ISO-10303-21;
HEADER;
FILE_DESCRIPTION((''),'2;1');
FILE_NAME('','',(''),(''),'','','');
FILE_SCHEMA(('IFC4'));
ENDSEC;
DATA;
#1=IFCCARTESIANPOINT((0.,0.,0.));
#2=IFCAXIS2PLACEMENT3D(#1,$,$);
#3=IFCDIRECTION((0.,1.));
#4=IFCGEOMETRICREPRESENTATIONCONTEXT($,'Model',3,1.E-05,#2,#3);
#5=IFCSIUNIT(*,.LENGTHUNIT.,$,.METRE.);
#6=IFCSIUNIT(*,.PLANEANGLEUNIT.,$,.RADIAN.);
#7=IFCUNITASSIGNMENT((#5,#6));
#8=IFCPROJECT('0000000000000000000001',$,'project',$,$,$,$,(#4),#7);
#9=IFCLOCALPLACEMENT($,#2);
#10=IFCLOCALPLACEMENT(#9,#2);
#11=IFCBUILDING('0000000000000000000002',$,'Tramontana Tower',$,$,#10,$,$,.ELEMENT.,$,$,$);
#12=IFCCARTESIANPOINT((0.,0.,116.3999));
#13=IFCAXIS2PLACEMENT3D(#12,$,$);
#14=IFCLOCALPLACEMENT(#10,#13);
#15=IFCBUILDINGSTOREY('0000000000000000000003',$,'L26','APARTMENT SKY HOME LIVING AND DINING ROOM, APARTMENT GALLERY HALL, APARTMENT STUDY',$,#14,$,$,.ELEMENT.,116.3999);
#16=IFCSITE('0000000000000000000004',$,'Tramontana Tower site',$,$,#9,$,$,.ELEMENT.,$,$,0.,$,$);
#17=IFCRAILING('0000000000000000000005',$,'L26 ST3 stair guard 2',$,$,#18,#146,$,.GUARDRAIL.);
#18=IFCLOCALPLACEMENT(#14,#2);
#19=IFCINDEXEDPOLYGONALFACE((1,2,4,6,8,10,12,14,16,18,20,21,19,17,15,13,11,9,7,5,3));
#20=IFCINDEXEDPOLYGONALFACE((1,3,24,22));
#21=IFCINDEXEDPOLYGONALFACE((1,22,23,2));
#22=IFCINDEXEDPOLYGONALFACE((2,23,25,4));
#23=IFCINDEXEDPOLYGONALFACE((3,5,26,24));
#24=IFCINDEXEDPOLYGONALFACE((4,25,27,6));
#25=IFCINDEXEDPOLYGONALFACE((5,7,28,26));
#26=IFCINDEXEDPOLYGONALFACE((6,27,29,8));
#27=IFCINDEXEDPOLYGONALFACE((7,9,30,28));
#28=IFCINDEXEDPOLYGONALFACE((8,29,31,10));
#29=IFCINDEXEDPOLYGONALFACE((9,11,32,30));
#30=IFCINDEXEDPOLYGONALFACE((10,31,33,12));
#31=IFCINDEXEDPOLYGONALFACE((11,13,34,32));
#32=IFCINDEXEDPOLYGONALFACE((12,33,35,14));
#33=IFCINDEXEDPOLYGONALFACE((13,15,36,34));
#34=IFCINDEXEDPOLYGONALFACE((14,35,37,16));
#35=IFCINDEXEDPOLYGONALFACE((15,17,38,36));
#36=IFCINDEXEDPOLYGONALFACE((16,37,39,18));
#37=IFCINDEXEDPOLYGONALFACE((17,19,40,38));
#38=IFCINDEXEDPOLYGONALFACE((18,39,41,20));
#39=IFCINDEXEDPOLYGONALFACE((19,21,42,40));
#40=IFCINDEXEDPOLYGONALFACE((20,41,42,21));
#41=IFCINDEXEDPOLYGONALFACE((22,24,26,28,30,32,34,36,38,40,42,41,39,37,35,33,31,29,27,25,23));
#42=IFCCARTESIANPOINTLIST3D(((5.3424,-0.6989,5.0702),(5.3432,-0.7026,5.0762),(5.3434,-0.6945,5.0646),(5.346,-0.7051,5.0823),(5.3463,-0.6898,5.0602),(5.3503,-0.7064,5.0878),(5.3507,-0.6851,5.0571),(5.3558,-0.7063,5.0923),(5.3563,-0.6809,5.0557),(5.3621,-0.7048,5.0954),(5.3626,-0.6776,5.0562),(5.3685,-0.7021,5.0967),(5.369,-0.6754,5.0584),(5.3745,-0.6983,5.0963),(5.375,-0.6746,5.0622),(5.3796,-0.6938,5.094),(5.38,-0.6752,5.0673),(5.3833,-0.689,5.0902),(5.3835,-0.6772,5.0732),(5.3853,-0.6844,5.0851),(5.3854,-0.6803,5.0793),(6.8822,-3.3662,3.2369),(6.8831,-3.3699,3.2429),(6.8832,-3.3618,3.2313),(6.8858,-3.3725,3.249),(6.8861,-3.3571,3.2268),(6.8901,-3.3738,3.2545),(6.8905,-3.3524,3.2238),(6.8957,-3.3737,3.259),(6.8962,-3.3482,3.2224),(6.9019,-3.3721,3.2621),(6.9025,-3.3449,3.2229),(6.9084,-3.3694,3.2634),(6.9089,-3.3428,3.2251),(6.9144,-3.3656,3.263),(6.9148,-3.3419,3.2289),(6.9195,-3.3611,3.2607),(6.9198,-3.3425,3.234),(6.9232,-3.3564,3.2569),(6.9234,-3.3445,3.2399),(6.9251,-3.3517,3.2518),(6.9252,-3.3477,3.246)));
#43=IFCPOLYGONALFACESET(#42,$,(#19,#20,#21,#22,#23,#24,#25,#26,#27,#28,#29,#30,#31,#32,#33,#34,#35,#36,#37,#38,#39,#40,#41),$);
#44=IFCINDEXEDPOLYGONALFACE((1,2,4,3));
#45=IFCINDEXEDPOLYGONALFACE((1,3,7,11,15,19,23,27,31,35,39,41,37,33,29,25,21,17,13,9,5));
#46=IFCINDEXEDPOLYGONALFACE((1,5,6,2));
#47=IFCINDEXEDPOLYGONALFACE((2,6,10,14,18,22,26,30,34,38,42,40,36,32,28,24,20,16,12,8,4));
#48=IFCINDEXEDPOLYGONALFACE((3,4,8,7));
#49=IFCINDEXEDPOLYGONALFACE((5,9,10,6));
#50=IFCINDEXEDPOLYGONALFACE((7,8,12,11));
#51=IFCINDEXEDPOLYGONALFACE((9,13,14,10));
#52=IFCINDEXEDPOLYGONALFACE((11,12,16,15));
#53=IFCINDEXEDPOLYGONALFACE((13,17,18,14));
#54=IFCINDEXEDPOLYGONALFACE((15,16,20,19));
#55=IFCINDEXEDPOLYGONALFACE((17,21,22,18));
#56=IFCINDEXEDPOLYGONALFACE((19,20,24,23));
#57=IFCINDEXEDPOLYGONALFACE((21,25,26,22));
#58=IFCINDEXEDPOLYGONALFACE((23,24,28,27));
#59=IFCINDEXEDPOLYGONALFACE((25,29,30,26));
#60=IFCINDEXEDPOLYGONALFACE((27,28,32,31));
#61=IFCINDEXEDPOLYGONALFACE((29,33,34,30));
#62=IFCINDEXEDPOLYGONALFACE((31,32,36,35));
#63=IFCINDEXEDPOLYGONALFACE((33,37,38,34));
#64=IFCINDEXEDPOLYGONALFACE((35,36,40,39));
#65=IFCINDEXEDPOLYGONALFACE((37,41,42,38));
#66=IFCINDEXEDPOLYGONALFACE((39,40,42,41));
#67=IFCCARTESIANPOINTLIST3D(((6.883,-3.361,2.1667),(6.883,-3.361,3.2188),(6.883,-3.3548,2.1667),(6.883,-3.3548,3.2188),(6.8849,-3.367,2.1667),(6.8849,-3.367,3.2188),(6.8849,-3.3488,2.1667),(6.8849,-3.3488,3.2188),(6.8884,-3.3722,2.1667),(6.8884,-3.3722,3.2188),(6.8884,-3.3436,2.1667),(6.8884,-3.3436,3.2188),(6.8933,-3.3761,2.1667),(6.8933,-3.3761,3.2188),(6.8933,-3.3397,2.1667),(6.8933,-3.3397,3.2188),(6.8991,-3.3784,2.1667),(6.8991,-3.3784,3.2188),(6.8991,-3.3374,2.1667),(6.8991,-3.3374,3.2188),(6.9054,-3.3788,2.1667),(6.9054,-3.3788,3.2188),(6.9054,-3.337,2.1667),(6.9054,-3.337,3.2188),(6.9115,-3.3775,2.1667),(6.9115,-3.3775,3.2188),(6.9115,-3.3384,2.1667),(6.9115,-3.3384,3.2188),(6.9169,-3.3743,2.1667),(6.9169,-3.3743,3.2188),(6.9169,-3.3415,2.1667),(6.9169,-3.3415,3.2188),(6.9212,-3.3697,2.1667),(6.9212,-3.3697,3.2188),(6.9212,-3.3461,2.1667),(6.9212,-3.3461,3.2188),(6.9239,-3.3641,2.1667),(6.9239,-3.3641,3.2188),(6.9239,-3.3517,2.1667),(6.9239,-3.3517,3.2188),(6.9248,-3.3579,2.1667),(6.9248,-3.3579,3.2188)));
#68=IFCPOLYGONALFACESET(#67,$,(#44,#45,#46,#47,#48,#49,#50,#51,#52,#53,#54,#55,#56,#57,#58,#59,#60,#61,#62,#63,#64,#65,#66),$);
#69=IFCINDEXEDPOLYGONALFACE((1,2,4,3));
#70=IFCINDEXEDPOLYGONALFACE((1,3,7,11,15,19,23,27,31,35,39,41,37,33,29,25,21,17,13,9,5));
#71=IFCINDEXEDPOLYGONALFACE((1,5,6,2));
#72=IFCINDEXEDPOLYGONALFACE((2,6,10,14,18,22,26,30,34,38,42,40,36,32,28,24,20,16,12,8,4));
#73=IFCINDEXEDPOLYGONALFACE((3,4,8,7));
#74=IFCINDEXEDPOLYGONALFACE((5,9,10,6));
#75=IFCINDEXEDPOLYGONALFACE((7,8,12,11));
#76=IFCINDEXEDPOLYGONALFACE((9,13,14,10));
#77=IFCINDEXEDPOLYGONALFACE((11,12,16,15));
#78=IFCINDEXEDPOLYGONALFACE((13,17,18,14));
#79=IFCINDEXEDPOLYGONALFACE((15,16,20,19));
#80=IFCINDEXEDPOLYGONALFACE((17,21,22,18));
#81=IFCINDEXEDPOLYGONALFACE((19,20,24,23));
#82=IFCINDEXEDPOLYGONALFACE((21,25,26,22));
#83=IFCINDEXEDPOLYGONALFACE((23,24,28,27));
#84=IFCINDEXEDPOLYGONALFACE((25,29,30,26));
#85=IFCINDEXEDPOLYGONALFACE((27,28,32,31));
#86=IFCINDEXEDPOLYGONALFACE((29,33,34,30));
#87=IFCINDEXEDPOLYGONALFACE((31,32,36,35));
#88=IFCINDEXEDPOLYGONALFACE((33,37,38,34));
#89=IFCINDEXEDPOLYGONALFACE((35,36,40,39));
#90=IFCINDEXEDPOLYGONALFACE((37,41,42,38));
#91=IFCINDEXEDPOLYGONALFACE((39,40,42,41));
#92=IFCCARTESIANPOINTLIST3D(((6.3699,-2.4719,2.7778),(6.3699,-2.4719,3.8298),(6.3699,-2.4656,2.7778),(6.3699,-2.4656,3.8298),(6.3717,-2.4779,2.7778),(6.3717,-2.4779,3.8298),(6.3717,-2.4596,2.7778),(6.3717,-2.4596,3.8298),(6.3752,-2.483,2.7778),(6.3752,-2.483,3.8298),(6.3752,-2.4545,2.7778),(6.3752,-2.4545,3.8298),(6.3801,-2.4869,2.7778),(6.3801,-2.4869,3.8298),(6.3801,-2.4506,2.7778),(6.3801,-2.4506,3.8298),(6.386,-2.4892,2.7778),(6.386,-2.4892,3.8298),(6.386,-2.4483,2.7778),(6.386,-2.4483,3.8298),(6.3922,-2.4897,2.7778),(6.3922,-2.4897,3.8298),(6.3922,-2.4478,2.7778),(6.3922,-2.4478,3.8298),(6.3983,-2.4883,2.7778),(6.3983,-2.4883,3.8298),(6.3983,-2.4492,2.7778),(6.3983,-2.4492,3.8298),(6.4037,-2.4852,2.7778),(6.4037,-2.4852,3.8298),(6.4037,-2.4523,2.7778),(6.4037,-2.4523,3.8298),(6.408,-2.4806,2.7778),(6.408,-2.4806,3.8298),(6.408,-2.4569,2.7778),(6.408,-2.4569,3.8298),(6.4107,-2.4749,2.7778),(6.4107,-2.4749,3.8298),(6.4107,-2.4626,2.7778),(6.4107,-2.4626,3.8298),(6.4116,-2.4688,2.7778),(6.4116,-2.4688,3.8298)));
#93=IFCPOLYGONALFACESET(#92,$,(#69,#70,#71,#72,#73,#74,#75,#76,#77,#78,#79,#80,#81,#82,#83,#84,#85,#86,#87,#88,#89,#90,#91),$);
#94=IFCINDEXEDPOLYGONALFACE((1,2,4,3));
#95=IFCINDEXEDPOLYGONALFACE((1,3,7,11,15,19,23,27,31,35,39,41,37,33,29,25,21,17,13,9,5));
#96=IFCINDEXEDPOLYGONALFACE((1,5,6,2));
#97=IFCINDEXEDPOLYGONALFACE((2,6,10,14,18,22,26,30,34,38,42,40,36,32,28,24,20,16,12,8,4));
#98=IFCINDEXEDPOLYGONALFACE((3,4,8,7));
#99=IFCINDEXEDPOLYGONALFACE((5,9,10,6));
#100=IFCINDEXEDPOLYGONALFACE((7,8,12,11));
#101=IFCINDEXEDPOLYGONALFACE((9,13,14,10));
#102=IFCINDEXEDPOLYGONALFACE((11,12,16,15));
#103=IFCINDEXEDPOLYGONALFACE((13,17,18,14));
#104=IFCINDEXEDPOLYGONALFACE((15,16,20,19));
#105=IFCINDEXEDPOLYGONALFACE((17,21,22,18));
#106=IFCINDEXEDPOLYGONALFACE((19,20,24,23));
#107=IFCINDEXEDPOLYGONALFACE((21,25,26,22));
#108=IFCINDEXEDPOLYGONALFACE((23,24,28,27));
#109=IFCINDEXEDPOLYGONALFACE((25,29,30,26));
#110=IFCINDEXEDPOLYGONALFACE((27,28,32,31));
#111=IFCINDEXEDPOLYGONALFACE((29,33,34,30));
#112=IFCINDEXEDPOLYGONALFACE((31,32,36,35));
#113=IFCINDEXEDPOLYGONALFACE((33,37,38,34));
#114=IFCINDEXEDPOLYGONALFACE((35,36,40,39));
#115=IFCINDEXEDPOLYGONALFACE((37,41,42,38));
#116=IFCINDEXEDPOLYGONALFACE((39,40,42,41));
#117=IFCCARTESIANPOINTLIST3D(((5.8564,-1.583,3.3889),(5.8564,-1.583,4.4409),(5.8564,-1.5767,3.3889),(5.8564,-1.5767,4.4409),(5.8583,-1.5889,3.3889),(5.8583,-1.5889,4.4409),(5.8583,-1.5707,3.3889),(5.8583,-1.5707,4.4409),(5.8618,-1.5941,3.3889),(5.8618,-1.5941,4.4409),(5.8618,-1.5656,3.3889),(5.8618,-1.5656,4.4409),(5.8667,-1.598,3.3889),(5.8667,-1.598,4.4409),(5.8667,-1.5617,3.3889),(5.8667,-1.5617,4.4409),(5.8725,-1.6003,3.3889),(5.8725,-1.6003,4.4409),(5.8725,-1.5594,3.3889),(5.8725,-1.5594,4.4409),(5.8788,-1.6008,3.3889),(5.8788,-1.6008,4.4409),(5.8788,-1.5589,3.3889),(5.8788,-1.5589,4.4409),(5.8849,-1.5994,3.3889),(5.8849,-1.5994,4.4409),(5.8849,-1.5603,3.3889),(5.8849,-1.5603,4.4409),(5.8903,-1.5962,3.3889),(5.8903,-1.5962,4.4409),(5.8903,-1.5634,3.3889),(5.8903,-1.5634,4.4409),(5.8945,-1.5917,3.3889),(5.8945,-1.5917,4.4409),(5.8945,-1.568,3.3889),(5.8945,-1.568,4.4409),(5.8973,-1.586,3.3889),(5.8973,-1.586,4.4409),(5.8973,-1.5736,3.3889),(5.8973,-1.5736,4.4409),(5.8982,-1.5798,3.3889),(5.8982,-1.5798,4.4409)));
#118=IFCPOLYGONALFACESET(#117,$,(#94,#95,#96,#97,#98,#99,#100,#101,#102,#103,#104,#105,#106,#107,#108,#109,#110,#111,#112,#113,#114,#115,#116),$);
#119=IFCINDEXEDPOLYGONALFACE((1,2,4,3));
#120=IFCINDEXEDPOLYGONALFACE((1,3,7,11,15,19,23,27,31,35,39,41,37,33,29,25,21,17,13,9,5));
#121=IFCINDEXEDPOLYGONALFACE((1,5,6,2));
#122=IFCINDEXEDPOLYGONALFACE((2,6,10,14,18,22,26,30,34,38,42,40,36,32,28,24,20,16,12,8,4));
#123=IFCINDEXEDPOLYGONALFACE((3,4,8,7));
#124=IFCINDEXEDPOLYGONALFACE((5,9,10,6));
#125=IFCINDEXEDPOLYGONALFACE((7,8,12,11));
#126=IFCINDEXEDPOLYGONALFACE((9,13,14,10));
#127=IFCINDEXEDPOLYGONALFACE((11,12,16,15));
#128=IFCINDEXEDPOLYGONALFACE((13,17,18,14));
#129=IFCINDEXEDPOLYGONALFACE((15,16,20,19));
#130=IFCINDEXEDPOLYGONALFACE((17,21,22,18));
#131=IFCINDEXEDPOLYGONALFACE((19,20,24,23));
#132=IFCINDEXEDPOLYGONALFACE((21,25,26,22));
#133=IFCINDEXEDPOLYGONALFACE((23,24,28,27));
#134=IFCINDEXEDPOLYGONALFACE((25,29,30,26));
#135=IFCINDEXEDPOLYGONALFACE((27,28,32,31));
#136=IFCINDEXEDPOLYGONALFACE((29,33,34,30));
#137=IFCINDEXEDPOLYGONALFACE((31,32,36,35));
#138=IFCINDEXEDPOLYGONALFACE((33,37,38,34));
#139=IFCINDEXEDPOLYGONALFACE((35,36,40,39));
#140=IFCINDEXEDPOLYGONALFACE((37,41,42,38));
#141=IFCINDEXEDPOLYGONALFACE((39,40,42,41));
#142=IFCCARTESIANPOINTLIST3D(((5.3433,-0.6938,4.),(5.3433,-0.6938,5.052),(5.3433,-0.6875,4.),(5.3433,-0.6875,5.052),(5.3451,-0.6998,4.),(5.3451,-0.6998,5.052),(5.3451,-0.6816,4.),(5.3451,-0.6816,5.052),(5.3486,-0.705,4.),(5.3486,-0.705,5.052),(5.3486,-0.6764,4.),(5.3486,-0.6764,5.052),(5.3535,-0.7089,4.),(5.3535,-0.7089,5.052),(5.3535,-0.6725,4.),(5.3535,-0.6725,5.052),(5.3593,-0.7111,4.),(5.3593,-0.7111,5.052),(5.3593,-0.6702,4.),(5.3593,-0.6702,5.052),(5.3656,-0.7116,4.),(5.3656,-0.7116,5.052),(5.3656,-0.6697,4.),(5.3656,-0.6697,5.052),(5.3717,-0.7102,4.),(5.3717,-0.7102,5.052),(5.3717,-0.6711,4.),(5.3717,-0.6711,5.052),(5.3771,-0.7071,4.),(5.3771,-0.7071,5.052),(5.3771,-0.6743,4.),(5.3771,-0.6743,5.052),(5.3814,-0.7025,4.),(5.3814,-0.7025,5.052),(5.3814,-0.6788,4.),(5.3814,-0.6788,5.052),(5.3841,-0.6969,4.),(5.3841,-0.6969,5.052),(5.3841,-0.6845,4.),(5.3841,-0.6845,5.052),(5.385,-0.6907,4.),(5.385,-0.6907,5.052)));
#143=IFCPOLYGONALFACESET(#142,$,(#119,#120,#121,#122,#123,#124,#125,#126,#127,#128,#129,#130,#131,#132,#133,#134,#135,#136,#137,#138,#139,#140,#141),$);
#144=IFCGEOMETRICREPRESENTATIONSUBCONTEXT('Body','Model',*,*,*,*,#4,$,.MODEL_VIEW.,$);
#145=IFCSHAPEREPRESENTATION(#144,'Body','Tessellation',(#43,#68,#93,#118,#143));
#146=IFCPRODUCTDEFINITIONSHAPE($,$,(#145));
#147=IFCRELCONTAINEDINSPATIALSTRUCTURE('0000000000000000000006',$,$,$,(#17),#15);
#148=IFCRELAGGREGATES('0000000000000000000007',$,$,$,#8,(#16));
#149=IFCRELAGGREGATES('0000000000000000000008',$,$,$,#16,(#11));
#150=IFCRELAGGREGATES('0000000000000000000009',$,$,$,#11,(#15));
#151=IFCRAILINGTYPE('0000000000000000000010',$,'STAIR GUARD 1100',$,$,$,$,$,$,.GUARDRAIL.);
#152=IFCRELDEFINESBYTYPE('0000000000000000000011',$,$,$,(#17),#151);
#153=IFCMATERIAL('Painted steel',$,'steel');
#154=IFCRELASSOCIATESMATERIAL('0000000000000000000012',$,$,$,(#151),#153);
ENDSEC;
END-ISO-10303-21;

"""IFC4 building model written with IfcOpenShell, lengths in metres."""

from ifc_helpers import new_model, si_unit, direction, frame, origin, origin_2d, place, context, subcontext, project, spatial, circle, extrude, material, type_object, element, save


model = new_model("IFC4")

# Units and contexts
model_context = context("Model", 3, precision=1e-05, world=origin(), true_north=direction((0.0, 1.0)))
body_context = subcontext(model_context, "Body", "Model", "MODEL_VIEW")
ifc_project = project(units=[si_unit("LENGTHUNIT", "METRE"), si_unit("PLANEANGLEUNIT", "RADIAN")], contexts=[model_context])

# Site, building, storey
site_placement = place(None, origin())
site = spatial("IfcSite", under=ifc_project, at=site_placement, Name="Tramontana Tower site", CompositionType="ELEMENT", RefElevation=0.0)
building_placement = place(site_placement, origin())
building = spatial("IfcBuilding", under=site, at=building_placement, Name="Tramontana Tower", CompositionType="ELEMENT")
storey_placement = place(building_placement, frame((0.0, 0.0, 116.3999)))
storey = spatial("IfcBuildingStorey", under=building, at=storey_placement, Name="L26", Description="APARTMENT SKY HOME LIVING AND DINING ROOM, APARTMENT GALLERY HALL, APARTMENT STUDY", CompositionType="ELEMENT", Elevation=116.3999)

# Railing
ifc_material_1 = material(Name="Painted steel", Category="steel")
railing_type_1 = type_object("IfcRailingType", Name="STAIR GUARD 1100", PredefinedType="GUARDRAIL", material=ifc_material_1)
railing_1_placement = place(storey_placement, frame((6.9038, -3.3579, 2.1667)))
element("IfcRailing", 1, at=railing_1_placement, inside=storey, type_object=railing_type_1, Name="L26 ST3 stair guard 2", PredefinedType="GUARDRAIL", context=body_context, shape_type="SweptSolid", body=[
    extrude(circle(Radius=0.0239, at=origin_2d()), frame((0.0, 0.0, 1.0762), z_axis=(-0.429616, 0.744181, 0.511493), x_axis=(-0.866044, -0.499967, 0.0)), (0.0, 0.0, 1.0), 3.5842),
    extrude(circle(Radius=0.021, at=origin_2d()), origin(), (0.0, 0.0, 1.0), 1.052),
    extrude(circle(Radius=0.021, at=origin_2d()), frame((-0.5132, 0.8892, 0.6111)), (0.0, 0.0, 1.0), 1.052),
    extrude(circle(Radius=0.021, at=origin_2d()), frame((-1.0266, 1.7781, 1.2222)), (0.0, 0.0, 1.0), 1.052),
    extrude(circle(Radius=0.021, at=origin_2d()), frame((-1.5398, 2.6672, 1.8333)), (0.0, 0.0, 1.0), 1.052),
])

save(model, "model.ifc")
